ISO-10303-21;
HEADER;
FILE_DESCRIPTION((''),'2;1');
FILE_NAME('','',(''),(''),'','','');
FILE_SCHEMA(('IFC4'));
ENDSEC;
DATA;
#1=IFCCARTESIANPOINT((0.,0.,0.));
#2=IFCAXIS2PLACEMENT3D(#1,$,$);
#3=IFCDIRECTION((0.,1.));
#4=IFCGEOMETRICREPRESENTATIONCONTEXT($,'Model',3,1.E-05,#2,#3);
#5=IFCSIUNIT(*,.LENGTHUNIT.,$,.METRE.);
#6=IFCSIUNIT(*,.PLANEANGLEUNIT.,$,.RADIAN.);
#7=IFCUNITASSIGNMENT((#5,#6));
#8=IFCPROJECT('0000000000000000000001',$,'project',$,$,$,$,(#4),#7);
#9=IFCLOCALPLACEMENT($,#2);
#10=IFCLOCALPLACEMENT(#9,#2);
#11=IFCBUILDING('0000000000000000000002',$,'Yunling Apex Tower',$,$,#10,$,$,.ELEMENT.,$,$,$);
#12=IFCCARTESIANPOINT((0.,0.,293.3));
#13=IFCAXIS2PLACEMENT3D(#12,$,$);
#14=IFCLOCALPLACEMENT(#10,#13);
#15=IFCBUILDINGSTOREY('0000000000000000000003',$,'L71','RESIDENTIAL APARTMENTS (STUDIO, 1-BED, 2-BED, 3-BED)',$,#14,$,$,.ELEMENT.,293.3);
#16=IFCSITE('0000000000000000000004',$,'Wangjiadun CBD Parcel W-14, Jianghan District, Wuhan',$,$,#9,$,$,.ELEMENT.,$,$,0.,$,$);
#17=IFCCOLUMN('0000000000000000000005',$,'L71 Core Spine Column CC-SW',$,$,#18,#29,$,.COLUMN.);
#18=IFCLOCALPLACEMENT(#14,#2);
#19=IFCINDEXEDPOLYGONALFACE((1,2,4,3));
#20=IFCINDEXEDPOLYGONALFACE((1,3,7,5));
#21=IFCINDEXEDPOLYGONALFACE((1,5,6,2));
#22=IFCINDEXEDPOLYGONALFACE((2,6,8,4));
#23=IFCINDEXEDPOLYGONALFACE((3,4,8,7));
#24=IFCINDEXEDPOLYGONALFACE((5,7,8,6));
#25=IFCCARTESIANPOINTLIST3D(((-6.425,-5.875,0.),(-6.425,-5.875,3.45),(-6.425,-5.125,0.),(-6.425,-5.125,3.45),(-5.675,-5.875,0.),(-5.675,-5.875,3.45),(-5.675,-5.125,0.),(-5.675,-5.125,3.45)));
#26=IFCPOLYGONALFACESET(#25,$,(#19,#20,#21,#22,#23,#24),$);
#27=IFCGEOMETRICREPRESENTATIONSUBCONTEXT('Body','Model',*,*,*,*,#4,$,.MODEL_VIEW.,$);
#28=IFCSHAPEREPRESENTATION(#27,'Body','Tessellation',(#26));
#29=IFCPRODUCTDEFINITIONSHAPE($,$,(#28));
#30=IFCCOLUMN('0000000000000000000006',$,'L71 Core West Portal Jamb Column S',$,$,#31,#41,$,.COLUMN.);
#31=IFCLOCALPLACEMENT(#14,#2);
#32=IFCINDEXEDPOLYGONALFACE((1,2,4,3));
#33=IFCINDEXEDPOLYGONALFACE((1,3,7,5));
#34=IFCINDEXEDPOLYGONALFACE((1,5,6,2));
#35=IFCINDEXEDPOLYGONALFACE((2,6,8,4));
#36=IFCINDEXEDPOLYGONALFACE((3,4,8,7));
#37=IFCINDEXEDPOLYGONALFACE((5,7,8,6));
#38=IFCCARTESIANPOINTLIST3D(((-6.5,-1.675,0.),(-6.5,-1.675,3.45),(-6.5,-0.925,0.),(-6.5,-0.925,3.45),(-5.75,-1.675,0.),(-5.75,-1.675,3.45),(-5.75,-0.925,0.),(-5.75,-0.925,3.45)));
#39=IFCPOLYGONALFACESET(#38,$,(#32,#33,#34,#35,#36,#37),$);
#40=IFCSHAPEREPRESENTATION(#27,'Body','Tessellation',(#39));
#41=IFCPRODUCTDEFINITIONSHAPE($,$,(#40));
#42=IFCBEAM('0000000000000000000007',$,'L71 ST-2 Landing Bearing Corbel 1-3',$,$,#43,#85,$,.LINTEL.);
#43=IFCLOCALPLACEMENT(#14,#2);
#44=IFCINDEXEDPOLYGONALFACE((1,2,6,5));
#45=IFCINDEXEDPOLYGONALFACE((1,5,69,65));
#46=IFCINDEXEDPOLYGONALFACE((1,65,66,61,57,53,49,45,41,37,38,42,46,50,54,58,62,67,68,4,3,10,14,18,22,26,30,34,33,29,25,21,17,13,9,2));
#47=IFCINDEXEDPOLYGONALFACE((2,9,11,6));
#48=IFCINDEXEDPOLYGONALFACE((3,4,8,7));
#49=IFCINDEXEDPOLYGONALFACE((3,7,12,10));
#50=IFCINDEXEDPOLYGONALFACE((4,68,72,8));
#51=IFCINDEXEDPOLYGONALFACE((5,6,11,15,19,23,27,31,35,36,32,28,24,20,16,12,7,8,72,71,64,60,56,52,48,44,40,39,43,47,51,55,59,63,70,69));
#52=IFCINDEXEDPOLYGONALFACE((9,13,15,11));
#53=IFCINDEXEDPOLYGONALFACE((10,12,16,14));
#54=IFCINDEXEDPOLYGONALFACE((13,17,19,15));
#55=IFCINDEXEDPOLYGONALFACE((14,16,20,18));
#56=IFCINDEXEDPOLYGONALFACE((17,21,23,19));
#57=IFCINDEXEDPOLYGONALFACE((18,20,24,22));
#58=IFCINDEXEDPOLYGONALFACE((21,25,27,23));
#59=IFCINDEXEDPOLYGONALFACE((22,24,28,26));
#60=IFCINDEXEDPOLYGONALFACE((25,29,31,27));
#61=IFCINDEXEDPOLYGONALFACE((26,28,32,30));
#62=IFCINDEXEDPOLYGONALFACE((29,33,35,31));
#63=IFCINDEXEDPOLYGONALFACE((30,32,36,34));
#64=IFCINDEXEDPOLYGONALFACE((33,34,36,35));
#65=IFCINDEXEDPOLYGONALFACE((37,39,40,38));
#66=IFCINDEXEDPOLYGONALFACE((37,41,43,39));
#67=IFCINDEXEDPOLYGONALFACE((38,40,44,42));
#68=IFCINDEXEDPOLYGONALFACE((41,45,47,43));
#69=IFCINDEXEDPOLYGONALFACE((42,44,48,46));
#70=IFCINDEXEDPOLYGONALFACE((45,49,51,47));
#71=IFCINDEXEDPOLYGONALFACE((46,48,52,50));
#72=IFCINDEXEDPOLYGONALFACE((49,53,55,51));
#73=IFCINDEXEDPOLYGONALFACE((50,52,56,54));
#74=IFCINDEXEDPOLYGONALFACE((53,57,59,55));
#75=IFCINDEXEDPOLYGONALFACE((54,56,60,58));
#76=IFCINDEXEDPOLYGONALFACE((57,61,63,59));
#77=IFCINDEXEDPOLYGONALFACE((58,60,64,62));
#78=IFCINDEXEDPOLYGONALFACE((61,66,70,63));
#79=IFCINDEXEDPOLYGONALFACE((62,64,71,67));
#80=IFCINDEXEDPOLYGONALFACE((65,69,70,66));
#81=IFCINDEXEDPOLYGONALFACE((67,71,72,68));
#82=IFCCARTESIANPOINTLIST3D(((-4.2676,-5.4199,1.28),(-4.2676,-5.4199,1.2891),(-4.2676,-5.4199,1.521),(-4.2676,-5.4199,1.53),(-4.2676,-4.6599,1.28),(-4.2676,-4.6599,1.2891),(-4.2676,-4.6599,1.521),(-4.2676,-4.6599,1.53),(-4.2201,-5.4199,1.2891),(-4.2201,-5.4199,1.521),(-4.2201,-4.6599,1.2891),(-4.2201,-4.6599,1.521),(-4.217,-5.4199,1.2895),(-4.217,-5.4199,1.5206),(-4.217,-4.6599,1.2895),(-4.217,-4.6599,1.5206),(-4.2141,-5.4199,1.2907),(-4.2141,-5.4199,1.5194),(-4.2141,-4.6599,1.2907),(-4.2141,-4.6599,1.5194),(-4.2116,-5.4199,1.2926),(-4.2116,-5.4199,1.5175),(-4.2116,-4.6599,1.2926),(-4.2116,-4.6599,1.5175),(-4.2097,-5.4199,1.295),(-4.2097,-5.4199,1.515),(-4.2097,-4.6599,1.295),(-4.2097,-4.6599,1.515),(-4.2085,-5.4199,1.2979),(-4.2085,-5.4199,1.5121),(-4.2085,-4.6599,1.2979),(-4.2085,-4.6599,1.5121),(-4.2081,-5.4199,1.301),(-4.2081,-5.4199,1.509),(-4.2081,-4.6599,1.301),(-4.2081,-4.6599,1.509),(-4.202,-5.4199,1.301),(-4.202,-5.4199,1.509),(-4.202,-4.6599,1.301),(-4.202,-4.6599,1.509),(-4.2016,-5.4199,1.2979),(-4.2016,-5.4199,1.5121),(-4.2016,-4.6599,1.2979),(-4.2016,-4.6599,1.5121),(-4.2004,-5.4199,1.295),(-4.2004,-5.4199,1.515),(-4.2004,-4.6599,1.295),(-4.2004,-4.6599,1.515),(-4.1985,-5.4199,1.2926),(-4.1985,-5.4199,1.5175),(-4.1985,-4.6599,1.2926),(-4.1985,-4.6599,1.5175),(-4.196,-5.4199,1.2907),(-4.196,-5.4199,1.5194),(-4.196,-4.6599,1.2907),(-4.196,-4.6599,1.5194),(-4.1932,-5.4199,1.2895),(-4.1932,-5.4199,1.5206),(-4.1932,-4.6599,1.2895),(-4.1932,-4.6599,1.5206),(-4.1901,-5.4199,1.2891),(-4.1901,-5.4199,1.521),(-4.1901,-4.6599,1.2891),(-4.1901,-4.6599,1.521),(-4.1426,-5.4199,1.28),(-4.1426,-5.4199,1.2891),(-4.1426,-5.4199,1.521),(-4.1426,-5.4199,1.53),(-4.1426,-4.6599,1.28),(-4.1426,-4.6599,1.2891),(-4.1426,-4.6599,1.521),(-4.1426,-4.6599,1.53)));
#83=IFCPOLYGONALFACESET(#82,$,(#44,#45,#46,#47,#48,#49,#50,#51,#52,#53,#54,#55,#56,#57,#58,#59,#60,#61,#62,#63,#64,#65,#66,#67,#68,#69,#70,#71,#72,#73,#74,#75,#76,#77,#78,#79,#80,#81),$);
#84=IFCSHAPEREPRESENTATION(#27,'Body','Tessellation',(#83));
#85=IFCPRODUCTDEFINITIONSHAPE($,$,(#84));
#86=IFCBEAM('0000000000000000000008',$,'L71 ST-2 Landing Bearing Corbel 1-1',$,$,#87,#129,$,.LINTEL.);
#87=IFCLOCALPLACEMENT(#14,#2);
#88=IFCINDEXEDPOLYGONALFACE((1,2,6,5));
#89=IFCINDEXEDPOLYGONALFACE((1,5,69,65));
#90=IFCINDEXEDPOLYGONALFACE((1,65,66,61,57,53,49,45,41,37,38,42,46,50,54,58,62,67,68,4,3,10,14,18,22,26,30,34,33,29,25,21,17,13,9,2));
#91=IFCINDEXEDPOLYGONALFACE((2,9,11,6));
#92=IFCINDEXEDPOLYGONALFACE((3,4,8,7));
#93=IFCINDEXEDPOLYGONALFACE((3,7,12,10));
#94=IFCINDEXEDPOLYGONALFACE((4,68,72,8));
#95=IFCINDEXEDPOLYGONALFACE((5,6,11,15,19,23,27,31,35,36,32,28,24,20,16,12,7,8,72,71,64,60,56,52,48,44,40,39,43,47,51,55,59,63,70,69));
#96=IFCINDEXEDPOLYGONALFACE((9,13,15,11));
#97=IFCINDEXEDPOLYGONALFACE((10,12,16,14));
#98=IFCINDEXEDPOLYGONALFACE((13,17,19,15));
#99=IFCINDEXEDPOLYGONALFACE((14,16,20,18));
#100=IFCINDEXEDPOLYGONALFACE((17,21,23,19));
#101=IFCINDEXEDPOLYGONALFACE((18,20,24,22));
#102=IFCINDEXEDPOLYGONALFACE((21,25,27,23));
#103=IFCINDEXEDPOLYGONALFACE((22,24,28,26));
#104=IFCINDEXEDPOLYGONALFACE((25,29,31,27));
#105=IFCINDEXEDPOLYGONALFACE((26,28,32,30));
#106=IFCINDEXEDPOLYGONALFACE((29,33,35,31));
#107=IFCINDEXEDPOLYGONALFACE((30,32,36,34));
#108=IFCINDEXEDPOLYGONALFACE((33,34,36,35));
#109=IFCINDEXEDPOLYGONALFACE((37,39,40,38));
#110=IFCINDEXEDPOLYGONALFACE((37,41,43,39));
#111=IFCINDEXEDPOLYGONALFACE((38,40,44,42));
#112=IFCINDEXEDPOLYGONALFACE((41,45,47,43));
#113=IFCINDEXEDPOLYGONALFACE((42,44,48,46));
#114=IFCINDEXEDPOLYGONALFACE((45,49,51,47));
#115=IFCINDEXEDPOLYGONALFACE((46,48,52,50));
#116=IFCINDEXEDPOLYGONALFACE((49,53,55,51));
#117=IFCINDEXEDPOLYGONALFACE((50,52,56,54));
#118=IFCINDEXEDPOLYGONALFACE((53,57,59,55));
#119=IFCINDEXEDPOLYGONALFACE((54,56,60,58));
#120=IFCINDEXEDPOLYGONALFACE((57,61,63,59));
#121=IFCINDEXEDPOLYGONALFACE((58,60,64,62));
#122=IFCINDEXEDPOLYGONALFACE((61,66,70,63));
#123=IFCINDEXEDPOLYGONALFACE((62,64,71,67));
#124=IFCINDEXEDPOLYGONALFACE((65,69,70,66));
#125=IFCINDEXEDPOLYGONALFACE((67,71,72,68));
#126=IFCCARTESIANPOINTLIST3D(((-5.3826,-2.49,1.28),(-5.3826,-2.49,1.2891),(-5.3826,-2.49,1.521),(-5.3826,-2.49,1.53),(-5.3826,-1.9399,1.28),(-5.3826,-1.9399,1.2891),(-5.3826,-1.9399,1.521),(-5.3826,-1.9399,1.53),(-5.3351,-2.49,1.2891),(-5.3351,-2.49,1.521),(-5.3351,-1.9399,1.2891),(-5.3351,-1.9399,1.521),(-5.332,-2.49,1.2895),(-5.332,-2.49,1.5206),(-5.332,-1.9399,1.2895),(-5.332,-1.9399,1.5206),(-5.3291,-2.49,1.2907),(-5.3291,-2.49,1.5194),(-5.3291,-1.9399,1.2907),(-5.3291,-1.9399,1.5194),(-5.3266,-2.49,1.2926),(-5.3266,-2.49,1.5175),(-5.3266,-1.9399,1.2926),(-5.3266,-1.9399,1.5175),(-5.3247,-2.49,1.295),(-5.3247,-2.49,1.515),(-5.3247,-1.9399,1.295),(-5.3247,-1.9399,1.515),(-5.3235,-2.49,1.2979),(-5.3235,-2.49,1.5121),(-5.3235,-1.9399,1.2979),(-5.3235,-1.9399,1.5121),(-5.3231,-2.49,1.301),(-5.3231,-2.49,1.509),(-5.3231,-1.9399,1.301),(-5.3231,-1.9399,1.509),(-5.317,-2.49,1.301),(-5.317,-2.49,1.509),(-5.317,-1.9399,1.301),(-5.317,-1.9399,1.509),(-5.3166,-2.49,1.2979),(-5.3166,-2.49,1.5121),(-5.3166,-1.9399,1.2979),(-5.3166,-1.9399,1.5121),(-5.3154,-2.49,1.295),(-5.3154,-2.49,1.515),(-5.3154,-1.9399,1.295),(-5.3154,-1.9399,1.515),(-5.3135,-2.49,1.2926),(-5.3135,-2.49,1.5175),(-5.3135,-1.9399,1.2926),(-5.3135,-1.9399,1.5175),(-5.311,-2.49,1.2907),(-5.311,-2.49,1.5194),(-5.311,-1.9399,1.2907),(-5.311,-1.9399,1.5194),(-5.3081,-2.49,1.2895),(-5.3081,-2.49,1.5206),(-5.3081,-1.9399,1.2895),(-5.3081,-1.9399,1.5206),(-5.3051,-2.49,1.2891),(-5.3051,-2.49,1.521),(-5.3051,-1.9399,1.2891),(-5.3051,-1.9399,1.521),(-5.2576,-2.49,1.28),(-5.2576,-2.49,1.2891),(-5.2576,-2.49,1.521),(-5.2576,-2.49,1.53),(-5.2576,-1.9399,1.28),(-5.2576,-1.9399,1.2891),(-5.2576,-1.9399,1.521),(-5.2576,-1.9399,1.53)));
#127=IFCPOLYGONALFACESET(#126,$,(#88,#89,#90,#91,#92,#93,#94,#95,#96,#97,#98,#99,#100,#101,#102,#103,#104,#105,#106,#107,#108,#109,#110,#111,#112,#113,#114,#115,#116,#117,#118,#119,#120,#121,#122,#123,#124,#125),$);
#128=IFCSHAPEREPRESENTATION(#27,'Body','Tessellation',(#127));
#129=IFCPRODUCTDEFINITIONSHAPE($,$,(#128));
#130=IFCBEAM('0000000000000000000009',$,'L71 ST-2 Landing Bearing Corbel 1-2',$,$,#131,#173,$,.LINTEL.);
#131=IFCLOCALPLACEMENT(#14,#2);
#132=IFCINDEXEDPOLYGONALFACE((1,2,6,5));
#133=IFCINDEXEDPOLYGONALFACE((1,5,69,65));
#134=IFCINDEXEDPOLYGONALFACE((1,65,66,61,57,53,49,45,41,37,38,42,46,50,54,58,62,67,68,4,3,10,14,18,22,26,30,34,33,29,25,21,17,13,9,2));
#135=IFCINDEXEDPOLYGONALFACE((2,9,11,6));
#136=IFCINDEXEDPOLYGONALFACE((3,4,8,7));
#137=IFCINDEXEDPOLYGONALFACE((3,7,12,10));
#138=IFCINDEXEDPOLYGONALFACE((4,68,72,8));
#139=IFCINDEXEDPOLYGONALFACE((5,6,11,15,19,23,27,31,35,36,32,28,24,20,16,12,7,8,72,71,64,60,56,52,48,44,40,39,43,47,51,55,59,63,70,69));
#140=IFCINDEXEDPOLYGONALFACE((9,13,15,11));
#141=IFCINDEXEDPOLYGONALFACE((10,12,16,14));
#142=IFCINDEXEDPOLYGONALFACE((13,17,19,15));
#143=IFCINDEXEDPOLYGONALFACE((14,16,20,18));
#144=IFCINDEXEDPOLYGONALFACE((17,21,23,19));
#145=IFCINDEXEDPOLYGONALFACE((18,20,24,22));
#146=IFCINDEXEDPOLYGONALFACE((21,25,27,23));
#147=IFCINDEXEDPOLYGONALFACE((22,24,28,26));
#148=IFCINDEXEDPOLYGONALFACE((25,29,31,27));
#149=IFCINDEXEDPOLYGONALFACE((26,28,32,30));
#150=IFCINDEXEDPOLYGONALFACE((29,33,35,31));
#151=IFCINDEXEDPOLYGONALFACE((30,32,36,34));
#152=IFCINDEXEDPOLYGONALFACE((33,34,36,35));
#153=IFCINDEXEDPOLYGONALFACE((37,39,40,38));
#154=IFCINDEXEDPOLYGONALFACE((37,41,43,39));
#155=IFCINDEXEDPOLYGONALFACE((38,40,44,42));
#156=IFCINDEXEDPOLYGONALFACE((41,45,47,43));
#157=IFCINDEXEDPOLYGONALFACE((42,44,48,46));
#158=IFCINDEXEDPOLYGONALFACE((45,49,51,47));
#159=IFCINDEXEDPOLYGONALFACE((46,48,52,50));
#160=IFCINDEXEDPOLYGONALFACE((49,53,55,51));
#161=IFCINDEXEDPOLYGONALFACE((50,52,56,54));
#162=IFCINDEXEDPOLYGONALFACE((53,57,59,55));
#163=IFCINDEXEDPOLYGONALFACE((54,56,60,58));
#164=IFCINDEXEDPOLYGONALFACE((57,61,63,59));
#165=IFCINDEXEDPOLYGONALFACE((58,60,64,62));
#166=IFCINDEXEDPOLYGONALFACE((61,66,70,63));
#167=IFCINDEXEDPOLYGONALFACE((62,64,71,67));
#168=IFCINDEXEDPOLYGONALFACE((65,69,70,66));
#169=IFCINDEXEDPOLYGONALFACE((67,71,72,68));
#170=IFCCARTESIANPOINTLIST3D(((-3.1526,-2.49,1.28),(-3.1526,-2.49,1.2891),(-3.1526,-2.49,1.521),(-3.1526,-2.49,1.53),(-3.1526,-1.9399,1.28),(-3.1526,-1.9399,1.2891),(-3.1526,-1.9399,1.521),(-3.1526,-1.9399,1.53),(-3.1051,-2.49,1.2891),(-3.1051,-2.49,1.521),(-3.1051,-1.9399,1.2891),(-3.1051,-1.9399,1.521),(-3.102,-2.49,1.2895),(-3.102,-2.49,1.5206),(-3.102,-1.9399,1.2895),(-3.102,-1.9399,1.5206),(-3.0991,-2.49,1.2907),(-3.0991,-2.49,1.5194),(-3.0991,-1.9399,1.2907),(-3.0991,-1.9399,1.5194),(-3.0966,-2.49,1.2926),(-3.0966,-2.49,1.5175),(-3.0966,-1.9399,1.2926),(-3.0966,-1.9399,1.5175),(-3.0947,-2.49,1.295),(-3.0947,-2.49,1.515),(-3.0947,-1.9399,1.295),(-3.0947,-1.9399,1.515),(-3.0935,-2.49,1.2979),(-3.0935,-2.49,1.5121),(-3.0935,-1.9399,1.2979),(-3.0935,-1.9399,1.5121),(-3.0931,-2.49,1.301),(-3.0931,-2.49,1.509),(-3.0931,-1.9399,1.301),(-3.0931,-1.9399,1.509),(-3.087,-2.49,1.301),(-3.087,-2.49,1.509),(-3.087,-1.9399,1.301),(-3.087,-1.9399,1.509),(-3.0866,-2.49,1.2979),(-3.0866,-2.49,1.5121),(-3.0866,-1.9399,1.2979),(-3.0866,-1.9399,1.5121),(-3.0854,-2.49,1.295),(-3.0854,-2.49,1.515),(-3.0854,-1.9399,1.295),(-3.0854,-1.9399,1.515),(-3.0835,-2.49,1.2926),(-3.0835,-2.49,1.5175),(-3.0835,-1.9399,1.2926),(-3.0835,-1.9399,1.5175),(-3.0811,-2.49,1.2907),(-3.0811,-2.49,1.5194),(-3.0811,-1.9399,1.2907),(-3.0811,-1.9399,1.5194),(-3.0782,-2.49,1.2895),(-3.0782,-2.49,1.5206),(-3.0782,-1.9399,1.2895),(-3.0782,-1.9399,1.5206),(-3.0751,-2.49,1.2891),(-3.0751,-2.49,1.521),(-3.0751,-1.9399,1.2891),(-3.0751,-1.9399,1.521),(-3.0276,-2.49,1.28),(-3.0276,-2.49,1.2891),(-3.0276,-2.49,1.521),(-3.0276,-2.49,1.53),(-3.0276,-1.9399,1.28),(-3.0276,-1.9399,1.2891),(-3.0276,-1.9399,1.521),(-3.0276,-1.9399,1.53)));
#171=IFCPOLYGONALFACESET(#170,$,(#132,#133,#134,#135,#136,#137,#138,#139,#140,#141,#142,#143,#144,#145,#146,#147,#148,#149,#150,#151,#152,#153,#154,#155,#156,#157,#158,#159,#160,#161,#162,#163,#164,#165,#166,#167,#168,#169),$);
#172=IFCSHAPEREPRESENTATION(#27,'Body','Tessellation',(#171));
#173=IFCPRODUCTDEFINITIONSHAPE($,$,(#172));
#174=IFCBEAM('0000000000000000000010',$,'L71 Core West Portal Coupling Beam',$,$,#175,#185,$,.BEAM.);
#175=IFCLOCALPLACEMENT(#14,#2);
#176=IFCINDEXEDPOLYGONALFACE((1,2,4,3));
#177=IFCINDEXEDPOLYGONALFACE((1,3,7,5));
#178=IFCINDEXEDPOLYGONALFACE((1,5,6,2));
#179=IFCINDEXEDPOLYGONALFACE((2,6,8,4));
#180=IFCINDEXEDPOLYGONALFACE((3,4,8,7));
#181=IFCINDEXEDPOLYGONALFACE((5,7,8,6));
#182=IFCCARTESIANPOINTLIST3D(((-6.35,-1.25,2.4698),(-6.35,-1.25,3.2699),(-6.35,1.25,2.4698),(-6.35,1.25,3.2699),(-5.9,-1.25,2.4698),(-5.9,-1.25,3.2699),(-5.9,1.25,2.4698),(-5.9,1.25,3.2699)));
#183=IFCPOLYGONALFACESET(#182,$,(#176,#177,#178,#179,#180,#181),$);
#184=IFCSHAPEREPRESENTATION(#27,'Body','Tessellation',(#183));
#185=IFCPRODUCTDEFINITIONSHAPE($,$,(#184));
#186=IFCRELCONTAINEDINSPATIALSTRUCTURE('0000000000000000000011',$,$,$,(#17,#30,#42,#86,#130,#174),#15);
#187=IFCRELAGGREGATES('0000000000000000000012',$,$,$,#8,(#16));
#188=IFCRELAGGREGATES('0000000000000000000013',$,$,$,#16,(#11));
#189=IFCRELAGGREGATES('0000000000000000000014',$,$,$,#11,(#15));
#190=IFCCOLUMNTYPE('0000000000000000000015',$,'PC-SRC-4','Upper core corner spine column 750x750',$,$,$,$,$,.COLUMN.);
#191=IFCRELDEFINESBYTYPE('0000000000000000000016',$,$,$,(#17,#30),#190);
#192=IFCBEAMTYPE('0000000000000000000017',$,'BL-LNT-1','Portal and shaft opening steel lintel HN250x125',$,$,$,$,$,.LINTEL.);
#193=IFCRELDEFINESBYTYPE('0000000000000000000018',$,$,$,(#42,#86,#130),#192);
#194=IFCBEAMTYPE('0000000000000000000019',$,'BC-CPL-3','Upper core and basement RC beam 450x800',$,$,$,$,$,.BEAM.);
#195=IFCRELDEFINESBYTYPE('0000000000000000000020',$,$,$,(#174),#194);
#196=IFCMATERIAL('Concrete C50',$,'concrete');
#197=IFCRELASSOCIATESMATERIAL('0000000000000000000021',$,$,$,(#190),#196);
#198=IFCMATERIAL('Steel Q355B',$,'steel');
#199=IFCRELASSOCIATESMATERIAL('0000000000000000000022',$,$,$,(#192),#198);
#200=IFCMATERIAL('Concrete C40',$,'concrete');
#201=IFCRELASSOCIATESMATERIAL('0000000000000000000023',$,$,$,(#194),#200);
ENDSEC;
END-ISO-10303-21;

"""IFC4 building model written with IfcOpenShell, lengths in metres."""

from ifc_helpers import new_model, si_unit, direction, frame, origin, origin_2d, place, context, subcontext, project, spatial, rectangle, i_section, extrude, source, transform, mapped, material, material_profile, profile_set, type_object, element, save


model = new_model("IFC4")

# Units and contexts
model_context = context("Model", 3, precision=1e-05, world=origin(), true_north=direction((0.0, 1.0)))
body_context = subcontext(model_context, "Body", "Model", "MODEL_VIEW")
ifc_project = project(units=[si_unit("LENGTHUNIT", "METRE"), si_unit("PLANEANGLEUNIT", "RADIAN")], contexts=[model_context])

# Site, building, storey
site_placement = place(None, origin())
site = spatial("IfcSite", under=ifc_project, at=site_placement, Name="Wangjiadun CBD Parcel W-14, Jianghan District, Wuhan", CompositionType="ELEMENT", RefElevation=0.0)
building_placement = place(site_placement, origin())
building = spatial("IfcBuilding", under=site, at=building_placement, Name="Yunling Apex Tower", CompositionType="ELEMENT")
storey_placement = place(building_placement, frame((0.0, 0.0, 293.3)))
storey = spatial("IfcBuildingStorey", under=building, at=storey_placement, Name="L71", Description="RESIDENTIAL APARTMENTS (STUDIO, 1-BED, 2-BED, 3-BED)", CompositionType="ELEMENT", Elevation=293.3)

# Columns
ifc_material_1 = material(Name="Concrete C50", Category="concrete")
ifc_material_profile_1 = material_profile(ifc_material_1, rectangle(XDim=0.75, YDim=0.75, at=origin_2d()))
ifc_profile_set_1 = profile_set([ifc_material_profile_1], Name="Concrete C50")
column_type = type_object("IfcColumnType", Name="PC-SRC-4", Description="Upper core corner spine column 750x750", PredefinedType="COLUMN", material=ifc_profile_set_1)
shared_shape_1 = source(origin(), body_context, "Body", "SweptSolid", [
    extrude(rectangle(XDim=0.75, YDim=0.75, at=origin_2d()), origin(), (0.0, 0.0, 1.0), 3.45),
])
for number, where, z_axis, x_axis, name in (
    (1, (-6.05, -5.5, 0.0), (0.0, 0.0, 1.0), (1.0, 0.0, 0.0), "L71 Core Spine Column CC-SW"),
    (2, (-6.125, -1.3, 0.0), (0.0, 0.0, 1.0), (1.0, 0.0, 0.0), "L71 Core West Portal Jamb Column S"),
):
    element("IfcColumn", number, at=place(storey_placement, frame(where, z_axis=z_axis, x_axis=x_axis)), inside=storey, type_object=column_type, Name=name, PredefinedType="COLUMN", context=body_context, shape_type="MappedRepresentation", body=[
        mapped(shared_shape_1, transform((0.0, 0.0, 0.0), scale=1.0)),
    ])

# Beams
ifc_material_2 = material(Name="Steel Q355B", Category="steel")
ifc_material_profile_2 = material_profile(ifc_material_2, i_section(OverallWidth=0.125, OverallDepth=0.25, WebThickness=0.0061, FlangeThickness=0.009, FilletRadius=0.012, at=origin_2d()))
ifc_profile_set_2 = profile_set([ifc_material_profile_2], Name="Steel Q355B")
beam_type_1 = type_object("IfcBeamType", Name="BL-LNT-1", Description="Portal and shaft opening steel lintel HN250x125", PredefinedType="LINTEL", material=ifc_profile_set_2)
shared_shape_2 = source(origin(), body_context, "Body", "SweptSolid", [
    extrude(i_section(OverallWidth=0.125, OverallDepth=0.25, WebThickness=0.0061, FlangeThickness=0.009, FilletRadius=0.012, at=origin_2d()), origin(), (0.0, 0.0, 1.0), 0.76),
])
beam_1_placement = place(storey_placement, frame((-4.2051, -5.4199, 1.405), z_axis=(0.0, 1.0, 0.0), x_axis=(-1.0, 0.0, 0.0)))
element("IfcBeam", 3, at=beam_1_placement, inside=storey, type_object=beam_type_1, Name="L71 ST-2 Landing Bearing Corbel 1-3", PredefinedType="LINTEL", context=body_context, shape_type="MappedRepresentation", body=[
    mapped(shared_shape_2, transform((0.0, 0.0, 0.0), scale=1.0)),
])
shared_shape_3 = source(origin(), body_context, "Body", "SweptSolid", [
    extrude(i_section(OverallWidth=0.125, OverallDepth=0.25, WebThickness=0.0061, FlangeThickness=0.009, FilletRadius=0.012, at=origin_2d()), origin(), (0.0, 0.0, 1.0), 0.55),
])
for number, where, z_axis, x_axis, name in (
    (4, (-5.3201, -1.9399, 1.405), (0.0, -1.0, 0.0), (1.0, 0.0, 0.0), "L71 ST-2 Landing Bearing Corbel 1-1"),
    (5, (-3.0901, -1.9399, 1.405), (0.0, -1.0, 0.0), (1.0, 0.0, 0.0), "L71 ST-2 Landing Bearing Corbel 1-2"),
):
    element("IfcBeam", number, at=place(storey_placement, frame(where, z_axis=z_axis, x_axis=x_axis)), inside=storey, type_object=beam_type_1, Name=name, PredefinedType="LINTEL", context=body_context, shape_type="MappedRepresentation", body=[
        mapped(shared_shape_3, transform((0.0, 0.0, 0.0), scale=1.0)),
    ])
ifc_material_3 = material(Name="Concrete C40", Category="concrete")
ifc_material_profile_3 = material_profile(ifc_material_3, rectangle(XDim=0.45, YDim=0.8, at=origin_2d()))
ifc_profile_set_3 = profile_set([ifc_material_profile_3], Name="Concrete C40")
beam_type_2 = type_object("IfcBeamType", Name="BC-CPL-3", Description="Upper core and basement RC beam 450x800", PredefinedType="BEAM", material=ifc_profile_set_3)
shared_shape_4 = source(origin(), body_context, "Body", "SweptSolid", [
    extrude(rectangle(XDim=0.45, YDim=0.8, at=origin_2d()), origin(), (0.0, 0.0, 1.0), 2.5),
])
beam_2_placement = place(storey_placement, frame((-6.125, -1.25, 2.8699), z_axis=(0.0, 1.0, 0.0), x_axis=(-1.0, 0.0, 0.0)))
element("IfcBeam", 6, at=beam_2_placement, inside=storey, type_object=beam_type_2, Name="L71 Core West Portal Coupling Beam", PredefinedType="BEAM", context=body_context, shape_type="MappedRepresentation", body=[
    mapped(shared_shape_4, transform((0.0, 0.0, 0.0), scale=1.0)),
])

save(model, "model.ifc")
